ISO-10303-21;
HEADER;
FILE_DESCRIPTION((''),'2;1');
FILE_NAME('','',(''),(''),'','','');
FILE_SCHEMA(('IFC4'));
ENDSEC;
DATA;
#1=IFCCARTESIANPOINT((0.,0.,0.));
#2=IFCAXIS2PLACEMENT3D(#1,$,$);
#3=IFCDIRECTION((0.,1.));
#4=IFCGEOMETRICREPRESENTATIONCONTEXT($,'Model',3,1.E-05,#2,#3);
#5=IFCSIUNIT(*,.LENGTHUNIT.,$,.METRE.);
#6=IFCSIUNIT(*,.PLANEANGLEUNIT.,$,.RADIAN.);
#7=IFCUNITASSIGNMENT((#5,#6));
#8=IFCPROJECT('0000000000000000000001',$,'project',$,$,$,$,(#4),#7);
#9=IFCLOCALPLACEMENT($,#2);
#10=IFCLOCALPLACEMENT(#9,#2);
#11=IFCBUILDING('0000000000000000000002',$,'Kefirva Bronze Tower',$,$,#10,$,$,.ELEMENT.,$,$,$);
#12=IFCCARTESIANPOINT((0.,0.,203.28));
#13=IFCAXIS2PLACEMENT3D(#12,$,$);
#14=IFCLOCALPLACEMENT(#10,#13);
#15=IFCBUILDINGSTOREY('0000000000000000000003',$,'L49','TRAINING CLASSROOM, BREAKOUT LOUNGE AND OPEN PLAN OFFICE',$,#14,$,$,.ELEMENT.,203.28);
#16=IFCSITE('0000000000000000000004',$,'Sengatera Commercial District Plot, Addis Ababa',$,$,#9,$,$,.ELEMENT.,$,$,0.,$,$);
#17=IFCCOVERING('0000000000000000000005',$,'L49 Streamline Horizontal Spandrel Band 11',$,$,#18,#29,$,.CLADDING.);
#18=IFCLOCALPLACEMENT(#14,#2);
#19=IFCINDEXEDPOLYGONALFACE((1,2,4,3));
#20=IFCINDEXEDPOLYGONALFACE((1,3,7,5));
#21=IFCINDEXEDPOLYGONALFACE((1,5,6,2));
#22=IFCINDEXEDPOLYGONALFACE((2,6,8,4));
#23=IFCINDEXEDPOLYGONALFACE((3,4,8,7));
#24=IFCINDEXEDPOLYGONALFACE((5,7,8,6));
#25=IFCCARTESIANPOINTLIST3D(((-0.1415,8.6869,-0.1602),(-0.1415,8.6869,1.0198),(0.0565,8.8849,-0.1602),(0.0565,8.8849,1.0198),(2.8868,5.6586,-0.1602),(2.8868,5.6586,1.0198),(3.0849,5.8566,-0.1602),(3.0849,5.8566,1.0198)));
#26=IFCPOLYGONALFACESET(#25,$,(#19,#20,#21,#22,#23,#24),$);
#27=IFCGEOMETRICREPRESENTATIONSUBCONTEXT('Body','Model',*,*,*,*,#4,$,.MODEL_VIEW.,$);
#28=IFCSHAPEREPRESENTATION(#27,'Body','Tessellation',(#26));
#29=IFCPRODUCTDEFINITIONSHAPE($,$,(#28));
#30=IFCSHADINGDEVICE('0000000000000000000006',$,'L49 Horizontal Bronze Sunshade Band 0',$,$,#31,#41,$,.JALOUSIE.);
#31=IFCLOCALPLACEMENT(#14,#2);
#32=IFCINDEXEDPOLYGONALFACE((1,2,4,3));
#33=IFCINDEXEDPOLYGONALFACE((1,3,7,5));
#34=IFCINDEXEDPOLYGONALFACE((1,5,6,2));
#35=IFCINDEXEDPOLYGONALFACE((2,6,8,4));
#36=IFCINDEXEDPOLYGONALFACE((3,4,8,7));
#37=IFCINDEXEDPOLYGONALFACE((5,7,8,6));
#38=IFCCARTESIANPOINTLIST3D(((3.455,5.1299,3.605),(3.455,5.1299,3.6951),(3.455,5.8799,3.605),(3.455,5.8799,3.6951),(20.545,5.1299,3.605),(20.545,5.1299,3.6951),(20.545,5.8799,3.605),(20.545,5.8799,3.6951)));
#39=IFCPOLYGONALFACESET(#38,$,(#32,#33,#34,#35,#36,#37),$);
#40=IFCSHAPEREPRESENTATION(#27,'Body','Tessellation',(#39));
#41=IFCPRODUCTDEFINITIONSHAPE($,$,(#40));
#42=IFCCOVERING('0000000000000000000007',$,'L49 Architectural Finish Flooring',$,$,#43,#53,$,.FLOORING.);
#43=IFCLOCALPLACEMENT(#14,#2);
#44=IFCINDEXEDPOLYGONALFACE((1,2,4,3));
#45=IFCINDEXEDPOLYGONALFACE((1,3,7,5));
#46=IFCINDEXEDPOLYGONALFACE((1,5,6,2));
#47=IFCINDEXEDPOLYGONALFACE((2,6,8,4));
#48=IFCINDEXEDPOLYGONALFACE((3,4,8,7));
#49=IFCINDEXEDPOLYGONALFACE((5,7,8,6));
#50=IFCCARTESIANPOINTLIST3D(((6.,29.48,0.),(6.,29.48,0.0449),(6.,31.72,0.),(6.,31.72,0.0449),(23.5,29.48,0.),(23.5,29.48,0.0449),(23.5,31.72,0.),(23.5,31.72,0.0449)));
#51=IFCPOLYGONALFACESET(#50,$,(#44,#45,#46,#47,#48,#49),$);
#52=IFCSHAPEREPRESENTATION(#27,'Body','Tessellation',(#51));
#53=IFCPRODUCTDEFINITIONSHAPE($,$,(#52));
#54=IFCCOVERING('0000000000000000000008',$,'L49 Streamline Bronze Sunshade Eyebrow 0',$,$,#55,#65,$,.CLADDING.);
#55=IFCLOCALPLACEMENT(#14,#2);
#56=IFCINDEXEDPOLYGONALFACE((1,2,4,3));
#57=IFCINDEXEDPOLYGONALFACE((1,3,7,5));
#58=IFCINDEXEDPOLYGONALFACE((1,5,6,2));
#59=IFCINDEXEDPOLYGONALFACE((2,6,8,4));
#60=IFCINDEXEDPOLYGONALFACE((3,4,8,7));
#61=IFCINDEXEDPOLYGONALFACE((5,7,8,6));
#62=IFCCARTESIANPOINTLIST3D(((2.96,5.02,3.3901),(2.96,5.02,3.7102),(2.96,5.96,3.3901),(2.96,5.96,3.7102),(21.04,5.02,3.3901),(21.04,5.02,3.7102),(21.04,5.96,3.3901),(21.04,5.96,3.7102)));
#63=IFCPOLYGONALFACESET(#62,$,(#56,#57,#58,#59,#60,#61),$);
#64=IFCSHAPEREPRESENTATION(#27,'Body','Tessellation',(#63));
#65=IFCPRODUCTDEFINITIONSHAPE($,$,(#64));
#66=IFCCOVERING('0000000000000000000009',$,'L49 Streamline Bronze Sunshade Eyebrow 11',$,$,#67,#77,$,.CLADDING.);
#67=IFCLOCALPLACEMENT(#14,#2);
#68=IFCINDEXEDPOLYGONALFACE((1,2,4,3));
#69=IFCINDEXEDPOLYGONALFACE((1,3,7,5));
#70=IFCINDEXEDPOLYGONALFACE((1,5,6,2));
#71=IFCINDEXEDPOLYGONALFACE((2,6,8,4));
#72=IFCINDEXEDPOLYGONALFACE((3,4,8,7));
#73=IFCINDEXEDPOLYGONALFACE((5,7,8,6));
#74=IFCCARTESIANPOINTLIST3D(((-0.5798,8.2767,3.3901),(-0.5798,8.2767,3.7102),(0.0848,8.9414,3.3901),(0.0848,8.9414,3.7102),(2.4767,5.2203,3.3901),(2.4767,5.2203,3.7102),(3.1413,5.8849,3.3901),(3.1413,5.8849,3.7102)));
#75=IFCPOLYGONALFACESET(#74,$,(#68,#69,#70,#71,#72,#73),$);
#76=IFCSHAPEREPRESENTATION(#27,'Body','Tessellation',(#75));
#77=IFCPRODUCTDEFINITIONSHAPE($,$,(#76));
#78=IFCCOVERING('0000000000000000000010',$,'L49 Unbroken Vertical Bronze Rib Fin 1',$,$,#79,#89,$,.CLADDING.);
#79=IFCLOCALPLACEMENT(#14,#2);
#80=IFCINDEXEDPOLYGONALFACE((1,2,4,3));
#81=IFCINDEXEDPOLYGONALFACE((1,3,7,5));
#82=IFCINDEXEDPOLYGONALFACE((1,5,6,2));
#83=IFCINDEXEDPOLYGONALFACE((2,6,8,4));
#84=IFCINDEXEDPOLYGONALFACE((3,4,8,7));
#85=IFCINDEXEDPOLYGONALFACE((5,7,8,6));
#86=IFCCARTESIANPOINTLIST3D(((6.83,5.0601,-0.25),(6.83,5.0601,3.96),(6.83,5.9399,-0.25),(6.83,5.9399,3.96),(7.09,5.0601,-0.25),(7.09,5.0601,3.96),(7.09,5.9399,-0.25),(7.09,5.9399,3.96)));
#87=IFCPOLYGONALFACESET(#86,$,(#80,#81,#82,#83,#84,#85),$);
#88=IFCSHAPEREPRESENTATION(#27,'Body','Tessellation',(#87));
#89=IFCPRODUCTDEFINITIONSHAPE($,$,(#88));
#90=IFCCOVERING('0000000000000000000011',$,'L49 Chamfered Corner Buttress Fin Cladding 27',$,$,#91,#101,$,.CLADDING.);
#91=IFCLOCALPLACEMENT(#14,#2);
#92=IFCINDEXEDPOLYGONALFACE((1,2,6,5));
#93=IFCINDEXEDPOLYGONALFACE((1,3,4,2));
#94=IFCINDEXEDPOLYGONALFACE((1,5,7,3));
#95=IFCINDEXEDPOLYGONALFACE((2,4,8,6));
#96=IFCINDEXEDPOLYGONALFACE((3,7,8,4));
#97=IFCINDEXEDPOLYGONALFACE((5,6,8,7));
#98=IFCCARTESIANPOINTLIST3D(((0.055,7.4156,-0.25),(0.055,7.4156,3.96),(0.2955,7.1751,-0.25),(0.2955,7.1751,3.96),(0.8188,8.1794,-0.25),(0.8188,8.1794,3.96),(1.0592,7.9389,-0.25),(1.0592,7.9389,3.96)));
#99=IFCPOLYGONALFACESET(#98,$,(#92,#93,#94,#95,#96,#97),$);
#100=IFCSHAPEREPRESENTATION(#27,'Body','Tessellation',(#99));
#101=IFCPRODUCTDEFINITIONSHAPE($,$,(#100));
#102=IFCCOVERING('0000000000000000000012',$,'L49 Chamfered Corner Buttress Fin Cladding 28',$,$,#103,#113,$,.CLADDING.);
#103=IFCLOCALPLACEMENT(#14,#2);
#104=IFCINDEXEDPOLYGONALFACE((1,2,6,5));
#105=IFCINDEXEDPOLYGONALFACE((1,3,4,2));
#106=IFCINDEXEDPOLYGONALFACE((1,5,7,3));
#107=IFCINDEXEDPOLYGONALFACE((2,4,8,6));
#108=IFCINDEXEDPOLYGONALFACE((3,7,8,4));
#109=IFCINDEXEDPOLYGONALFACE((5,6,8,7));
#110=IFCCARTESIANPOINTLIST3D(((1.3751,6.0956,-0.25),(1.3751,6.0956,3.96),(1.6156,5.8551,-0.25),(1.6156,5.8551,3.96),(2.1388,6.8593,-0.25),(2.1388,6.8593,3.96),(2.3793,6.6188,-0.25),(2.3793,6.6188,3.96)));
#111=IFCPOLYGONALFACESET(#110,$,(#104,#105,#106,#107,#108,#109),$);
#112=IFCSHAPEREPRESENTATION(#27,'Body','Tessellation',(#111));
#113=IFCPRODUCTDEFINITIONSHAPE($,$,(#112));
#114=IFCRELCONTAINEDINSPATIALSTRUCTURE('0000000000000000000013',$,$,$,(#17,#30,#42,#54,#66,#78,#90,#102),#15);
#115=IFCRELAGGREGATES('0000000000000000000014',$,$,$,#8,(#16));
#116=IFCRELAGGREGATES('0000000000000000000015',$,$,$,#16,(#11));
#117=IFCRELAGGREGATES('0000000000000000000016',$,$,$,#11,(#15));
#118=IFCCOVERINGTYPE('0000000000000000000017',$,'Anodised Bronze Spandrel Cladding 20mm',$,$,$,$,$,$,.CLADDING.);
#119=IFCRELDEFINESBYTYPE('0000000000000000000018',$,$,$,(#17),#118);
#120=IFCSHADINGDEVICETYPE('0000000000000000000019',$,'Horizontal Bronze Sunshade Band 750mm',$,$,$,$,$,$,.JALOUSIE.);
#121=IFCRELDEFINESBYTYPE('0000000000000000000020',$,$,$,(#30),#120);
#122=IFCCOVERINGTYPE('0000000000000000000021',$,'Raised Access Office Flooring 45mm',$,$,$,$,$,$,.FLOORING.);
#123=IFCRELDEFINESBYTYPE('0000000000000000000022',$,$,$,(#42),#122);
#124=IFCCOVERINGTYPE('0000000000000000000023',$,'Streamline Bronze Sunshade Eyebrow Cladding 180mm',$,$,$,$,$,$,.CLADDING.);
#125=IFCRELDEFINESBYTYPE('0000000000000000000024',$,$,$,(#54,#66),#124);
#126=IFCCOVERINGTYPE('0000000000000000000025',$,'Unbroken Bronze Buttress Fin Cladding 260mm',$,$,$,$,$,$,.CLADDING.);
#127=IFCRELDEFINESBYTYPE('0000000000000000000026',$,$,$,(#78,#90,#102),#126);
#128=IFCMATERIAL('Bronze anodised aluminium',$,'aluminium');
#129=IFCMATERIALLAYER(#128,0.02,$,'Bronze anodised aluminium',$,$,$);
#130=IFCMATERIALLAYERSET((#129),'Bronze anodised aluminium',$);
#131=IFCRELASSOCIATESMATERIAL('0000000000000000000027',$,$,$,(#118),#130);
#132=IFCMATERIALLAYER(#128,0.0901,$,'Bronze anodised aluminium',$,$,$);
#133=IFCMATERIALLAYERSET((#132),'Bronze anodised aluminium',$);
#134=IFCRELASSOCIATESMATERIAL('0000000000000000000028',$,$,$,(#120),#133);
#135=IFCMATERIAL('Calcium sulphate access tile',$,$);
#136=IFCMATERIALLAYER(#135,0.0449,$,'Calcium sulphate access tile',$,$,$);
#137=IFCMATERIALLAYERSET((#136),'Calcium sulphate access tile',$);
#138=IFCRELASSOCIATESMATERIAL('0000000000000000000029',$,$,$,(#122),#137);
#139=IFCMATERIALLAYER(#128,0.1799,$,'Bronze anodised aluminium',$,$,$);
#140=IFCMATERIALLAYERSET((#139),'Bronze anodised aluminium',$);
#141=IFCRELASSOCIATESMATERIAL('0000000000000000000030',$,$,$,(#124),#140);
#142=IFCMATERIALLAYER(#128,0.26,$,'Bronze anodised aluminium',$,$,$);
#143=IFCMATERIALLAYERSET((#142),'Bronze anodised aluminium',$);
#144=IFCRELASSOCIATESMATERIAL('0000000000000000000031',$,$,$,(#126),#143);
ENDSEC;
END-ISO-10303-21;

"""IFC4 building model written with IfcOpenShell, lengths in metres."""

from ifc_helpers import new_model, si_unit, direction, frame, origin, origin_2d, place, context, subcontext, project, spatial, polyline, rectangle, outline, extrude, material, layer, layer_set, type_object, element, save


model = new_model("IFC4")

# Units and contexts
model_context = context("Model", 3, precision=1e-05, world=origin(), true_north=direction((0.0, 1.0)))
body_context = subcontext(model_context, "Body", "Model", "MODEL_VIEW")
ifc_project = project(units=[si_unit("LENGTHUNIT", "METRE"), si_unit("PLANEANGLEUNIT", "RADIAN")], contexts=[model_context])

# Site, building, storey
site_placement = place(None, origin())
site = spatial("IfcSite", under=ifc_project, at=site_placement, Name="Sengatera Commercial District Plot, Addis Ababa", CompositionType="ELEMENT", RefElevation=0.0)
building_placement = place(site_placement, origin())
building = spatial("IfcBuilding", under=site, at=building_placement, Name="Kefirva Bronze Tower", CompositionType="ELEMENT")
storey_placement = place(building_placement, frame((0.0, 0.0, 203.28)))
storey = spatial("IfcBuildingStorey", under=building, at=storey_placement, Name="L49", Description="TRAINING CLASSROOM, BREAKOUT LOUNGE AND OPEN PLAN OFFICE", CompositionType="ELEMENT", Elevation=203.28)

# Shared definitions
ifc_material_1 = material(Name="Bronze anodised aluminium", Category="aluminium")

# Covering
ifc_layer_1 = layer(ifc_material_1, 0.02, Name="Bronze anodised aluminium")
ifc_layer_set_1 = layer_set([ifc_layer_1], Name="Bronze anodised aluminium")
covering_type_1 = type_object("IfcCoveringType", Name="Anodised Bronze Spandrel Cladding 20mm", PredefinedType="CLADDING", material=ifc_layer_set_1)
covering_1_placement = place(storey_placement, frame((1.4717, 7.2717, -0.1602), z_axis=(0.0, 0.0, 1.0), x_axis=(0.707107, -0.707107, 0.0)))
element("IfcCovering", 1, at=covering_1_placement, inside=storey, type_object=covering_type_1, Name="L49 Streamline Horizontal Spandrel Band 11", PredefinedType="CLADDING", context=body_context, shape_type="SweptSolid", body=[
    extrude(rectangle(XDim=4.2827, YDim=0.28, at=origin_2d()), origin(), (0.0, 0.0, 1.0), 1.1799),
])

# Shading device
ifc_layer_2 = layer(ifc_material_1, 0.0901, Name="Bronze anodised aluminium")
ifc_layer_set_2 = layer_set([ifc_layer_2], Name="Bronze anodised aluminium")
shading_device_type = type_object("IfcShadingDeviceType", Name="Horizontal Bronze Sunshade Band 750mm", PredefinedType="JALOUSIE", material=ifc_layer_set_2)
shading_device_placement = place(storey_placement, frame((12.0, 5.5049, 3.605), z_axis=(0.0, 0.0, 1.0), x_axis=(1.0, 0.0, 0.0)))
element("IfcShadingDevice", 2, at=shading_device_placement, inside=storey, type_object=shading_device_type, Name="L49 Horizontal Bronze Sunshade Band 0", PredefinedType="JALOUSIE", context=body_context, shape_type="SweptSolid", body=[
    extrude(rectangle(XDim=17.0901, YDim=0.75, at=origin_2d()), origin(), (0.0, 0.0, 1.0), 0.0901),
])

# Coverings
ifc_material_2 = material(Name="Calcium sulphate access tile")
ifc_layer_3 = layer(ifc_material_2, 0.0449, Name="Calcium sulphate access tile")
ifc_layer_set_3 = layer_set([ifc_layer_3], Name="Calcium sulphate access tile")
covering_type_2 = type_object("IfcCoveringType", Name="Raised Access Office Flooring 45mm", PredefinedType="FLOORING", material=ifc_layer_set_3)
covering_2_placement = place(storey_placement, origin())
element("IfcCovering", 3, at=covering_2_placement, inside=storey, type_object=covering_type_2, Name="L49 Architectural Finish Flooring", PredefinedType="FLOORING", context=body_context, shape_type="SweptSolid", body=[
    extrude(outline(polyline([(6.0, 29.48), (23.5, 29.48), (23.5, 31.72), (6.0, 31.72), (6.0, 29.48)])), origin(), (0.0, 0.0, 1.0), 0.0449),
])
ifc_layer_4 = layer(ifc_material_1, 0.1799, Name="Bronze anodised aluminium")
ifc_layer_set_4 = layer_set([ifc_layer_4], Name="Bronze anodised aluminium")
covering_type_3 = type_object("IfcCoveringType", Name="Streamline Bronze Sunshade Eyebrow Cladding 180mm", PredefinedType="CLADDING", material=ifc_layer_set_4)
covering_3_placement = place(storey_placement, frame((12.0, 5.49, 3.3901), z_axis=(0.0, 0.0, 1.0), x_axis=(1.0, 0.0, 0.0)))
element("IfcCovering", 4, at=covering_3_placement, inside=storey, type_object=covering_type_3, Name="L49 Streamline Bronze Sunshade Eyebrow 0", PredefinedType="CLADDING", context=body_context, shape_type="SweptSolid", body=[
    extrude(rectangle(XDim=18.0801, YDim=0.9399, at=origin_2d()), origin(), (0.0, 0.0, 1.0), 0.3201),
])
covering_4_placement = place(storey_placement, frame((1.2808, 7.0808, 3.3901), z_axis=(0.0, 0.0, 1.0), x_axis=(0.707107, -0.707107, 0.0)))
element("IfcCovering", 5, at=covering_4_placement, inside=storey, type_object=covering_type_3, Name="L49 Streamline Bronze Sunshade Eyebrow 11", PredefinedType="CLADDING", context=body_context, shape_type="SweptSolid", body=[
    extrude(rectangle(XDim=4.3225, YDim=0.9399, at=origin_2d()), origin(), (0.0, 0.0, 1.0), 0.3201),
])
ifc_layer_5 = layer(ifc_material_1, 0.26, Name="Bronze anodised aluminium")
ifc_layer_set_5 = layer_set([ifc_layer_5], Name="Bronze anodised aluminium")
covering_type_4 = type_object("IfcCoveringType", Name="Unbroken Bronze Buttress Fin Cladding 260mm", PredefinedType="CLADDING", material=ifc_layer_set_5)
covering_5_placement = place(storey_placement, frame((6.96, 5.5, -0.25), z_axis=(0.0, 0.0, 1.0), x_axis=(1.0, 0.0, 0.0)))
element("IfcCovering", 6, at=covering_5_placement, inside=storey, type_object=covering_type_4, Name="L49 Unbroken Vertical Bronze Rib Fin 1", PredefinedType="CLADDING", context=body_context, shape_type="SweptSolid", body=[
    extrude(rectangle(XDim=0.26, YDim=0.8799, at=origin_2d()), origin(), (0.0, 0.0, 1.0), 4.21),
])
for number, where, z_axis, x_axis, name in (
    (7, (0.5571, 7.6772, -0.25), (0.0, 0.0, 1.0), (0.707107, -0.707107, 0.0), "L49 Chamfered Corner Buttress Fin Cladding 27"),
    (8, (1.8772, 6.3572, -0.25), (0.0, 0.0, 1.0), (0.707107, -0.707107, 0.0), "L49 Chamfered Corner Buttress Fin Cladding 28"),
):
    element("IfcCovering", number, at=place(storey_placement, frame(where, z_axis=z_axis, x_axis=x_axis)), inside=storey, type_object=covering_type_4, Name=name, PredefinedType="CLADDING", context=body_context, shape_type="SweptSolid", body=[
        extrude(rectangle(XDim=0.3401, YDim=1.0801, at=origin_2d()), origin(), (0.0, 0.0, 1.0), 4.21),
    ])

save(model, "model.ifc")
